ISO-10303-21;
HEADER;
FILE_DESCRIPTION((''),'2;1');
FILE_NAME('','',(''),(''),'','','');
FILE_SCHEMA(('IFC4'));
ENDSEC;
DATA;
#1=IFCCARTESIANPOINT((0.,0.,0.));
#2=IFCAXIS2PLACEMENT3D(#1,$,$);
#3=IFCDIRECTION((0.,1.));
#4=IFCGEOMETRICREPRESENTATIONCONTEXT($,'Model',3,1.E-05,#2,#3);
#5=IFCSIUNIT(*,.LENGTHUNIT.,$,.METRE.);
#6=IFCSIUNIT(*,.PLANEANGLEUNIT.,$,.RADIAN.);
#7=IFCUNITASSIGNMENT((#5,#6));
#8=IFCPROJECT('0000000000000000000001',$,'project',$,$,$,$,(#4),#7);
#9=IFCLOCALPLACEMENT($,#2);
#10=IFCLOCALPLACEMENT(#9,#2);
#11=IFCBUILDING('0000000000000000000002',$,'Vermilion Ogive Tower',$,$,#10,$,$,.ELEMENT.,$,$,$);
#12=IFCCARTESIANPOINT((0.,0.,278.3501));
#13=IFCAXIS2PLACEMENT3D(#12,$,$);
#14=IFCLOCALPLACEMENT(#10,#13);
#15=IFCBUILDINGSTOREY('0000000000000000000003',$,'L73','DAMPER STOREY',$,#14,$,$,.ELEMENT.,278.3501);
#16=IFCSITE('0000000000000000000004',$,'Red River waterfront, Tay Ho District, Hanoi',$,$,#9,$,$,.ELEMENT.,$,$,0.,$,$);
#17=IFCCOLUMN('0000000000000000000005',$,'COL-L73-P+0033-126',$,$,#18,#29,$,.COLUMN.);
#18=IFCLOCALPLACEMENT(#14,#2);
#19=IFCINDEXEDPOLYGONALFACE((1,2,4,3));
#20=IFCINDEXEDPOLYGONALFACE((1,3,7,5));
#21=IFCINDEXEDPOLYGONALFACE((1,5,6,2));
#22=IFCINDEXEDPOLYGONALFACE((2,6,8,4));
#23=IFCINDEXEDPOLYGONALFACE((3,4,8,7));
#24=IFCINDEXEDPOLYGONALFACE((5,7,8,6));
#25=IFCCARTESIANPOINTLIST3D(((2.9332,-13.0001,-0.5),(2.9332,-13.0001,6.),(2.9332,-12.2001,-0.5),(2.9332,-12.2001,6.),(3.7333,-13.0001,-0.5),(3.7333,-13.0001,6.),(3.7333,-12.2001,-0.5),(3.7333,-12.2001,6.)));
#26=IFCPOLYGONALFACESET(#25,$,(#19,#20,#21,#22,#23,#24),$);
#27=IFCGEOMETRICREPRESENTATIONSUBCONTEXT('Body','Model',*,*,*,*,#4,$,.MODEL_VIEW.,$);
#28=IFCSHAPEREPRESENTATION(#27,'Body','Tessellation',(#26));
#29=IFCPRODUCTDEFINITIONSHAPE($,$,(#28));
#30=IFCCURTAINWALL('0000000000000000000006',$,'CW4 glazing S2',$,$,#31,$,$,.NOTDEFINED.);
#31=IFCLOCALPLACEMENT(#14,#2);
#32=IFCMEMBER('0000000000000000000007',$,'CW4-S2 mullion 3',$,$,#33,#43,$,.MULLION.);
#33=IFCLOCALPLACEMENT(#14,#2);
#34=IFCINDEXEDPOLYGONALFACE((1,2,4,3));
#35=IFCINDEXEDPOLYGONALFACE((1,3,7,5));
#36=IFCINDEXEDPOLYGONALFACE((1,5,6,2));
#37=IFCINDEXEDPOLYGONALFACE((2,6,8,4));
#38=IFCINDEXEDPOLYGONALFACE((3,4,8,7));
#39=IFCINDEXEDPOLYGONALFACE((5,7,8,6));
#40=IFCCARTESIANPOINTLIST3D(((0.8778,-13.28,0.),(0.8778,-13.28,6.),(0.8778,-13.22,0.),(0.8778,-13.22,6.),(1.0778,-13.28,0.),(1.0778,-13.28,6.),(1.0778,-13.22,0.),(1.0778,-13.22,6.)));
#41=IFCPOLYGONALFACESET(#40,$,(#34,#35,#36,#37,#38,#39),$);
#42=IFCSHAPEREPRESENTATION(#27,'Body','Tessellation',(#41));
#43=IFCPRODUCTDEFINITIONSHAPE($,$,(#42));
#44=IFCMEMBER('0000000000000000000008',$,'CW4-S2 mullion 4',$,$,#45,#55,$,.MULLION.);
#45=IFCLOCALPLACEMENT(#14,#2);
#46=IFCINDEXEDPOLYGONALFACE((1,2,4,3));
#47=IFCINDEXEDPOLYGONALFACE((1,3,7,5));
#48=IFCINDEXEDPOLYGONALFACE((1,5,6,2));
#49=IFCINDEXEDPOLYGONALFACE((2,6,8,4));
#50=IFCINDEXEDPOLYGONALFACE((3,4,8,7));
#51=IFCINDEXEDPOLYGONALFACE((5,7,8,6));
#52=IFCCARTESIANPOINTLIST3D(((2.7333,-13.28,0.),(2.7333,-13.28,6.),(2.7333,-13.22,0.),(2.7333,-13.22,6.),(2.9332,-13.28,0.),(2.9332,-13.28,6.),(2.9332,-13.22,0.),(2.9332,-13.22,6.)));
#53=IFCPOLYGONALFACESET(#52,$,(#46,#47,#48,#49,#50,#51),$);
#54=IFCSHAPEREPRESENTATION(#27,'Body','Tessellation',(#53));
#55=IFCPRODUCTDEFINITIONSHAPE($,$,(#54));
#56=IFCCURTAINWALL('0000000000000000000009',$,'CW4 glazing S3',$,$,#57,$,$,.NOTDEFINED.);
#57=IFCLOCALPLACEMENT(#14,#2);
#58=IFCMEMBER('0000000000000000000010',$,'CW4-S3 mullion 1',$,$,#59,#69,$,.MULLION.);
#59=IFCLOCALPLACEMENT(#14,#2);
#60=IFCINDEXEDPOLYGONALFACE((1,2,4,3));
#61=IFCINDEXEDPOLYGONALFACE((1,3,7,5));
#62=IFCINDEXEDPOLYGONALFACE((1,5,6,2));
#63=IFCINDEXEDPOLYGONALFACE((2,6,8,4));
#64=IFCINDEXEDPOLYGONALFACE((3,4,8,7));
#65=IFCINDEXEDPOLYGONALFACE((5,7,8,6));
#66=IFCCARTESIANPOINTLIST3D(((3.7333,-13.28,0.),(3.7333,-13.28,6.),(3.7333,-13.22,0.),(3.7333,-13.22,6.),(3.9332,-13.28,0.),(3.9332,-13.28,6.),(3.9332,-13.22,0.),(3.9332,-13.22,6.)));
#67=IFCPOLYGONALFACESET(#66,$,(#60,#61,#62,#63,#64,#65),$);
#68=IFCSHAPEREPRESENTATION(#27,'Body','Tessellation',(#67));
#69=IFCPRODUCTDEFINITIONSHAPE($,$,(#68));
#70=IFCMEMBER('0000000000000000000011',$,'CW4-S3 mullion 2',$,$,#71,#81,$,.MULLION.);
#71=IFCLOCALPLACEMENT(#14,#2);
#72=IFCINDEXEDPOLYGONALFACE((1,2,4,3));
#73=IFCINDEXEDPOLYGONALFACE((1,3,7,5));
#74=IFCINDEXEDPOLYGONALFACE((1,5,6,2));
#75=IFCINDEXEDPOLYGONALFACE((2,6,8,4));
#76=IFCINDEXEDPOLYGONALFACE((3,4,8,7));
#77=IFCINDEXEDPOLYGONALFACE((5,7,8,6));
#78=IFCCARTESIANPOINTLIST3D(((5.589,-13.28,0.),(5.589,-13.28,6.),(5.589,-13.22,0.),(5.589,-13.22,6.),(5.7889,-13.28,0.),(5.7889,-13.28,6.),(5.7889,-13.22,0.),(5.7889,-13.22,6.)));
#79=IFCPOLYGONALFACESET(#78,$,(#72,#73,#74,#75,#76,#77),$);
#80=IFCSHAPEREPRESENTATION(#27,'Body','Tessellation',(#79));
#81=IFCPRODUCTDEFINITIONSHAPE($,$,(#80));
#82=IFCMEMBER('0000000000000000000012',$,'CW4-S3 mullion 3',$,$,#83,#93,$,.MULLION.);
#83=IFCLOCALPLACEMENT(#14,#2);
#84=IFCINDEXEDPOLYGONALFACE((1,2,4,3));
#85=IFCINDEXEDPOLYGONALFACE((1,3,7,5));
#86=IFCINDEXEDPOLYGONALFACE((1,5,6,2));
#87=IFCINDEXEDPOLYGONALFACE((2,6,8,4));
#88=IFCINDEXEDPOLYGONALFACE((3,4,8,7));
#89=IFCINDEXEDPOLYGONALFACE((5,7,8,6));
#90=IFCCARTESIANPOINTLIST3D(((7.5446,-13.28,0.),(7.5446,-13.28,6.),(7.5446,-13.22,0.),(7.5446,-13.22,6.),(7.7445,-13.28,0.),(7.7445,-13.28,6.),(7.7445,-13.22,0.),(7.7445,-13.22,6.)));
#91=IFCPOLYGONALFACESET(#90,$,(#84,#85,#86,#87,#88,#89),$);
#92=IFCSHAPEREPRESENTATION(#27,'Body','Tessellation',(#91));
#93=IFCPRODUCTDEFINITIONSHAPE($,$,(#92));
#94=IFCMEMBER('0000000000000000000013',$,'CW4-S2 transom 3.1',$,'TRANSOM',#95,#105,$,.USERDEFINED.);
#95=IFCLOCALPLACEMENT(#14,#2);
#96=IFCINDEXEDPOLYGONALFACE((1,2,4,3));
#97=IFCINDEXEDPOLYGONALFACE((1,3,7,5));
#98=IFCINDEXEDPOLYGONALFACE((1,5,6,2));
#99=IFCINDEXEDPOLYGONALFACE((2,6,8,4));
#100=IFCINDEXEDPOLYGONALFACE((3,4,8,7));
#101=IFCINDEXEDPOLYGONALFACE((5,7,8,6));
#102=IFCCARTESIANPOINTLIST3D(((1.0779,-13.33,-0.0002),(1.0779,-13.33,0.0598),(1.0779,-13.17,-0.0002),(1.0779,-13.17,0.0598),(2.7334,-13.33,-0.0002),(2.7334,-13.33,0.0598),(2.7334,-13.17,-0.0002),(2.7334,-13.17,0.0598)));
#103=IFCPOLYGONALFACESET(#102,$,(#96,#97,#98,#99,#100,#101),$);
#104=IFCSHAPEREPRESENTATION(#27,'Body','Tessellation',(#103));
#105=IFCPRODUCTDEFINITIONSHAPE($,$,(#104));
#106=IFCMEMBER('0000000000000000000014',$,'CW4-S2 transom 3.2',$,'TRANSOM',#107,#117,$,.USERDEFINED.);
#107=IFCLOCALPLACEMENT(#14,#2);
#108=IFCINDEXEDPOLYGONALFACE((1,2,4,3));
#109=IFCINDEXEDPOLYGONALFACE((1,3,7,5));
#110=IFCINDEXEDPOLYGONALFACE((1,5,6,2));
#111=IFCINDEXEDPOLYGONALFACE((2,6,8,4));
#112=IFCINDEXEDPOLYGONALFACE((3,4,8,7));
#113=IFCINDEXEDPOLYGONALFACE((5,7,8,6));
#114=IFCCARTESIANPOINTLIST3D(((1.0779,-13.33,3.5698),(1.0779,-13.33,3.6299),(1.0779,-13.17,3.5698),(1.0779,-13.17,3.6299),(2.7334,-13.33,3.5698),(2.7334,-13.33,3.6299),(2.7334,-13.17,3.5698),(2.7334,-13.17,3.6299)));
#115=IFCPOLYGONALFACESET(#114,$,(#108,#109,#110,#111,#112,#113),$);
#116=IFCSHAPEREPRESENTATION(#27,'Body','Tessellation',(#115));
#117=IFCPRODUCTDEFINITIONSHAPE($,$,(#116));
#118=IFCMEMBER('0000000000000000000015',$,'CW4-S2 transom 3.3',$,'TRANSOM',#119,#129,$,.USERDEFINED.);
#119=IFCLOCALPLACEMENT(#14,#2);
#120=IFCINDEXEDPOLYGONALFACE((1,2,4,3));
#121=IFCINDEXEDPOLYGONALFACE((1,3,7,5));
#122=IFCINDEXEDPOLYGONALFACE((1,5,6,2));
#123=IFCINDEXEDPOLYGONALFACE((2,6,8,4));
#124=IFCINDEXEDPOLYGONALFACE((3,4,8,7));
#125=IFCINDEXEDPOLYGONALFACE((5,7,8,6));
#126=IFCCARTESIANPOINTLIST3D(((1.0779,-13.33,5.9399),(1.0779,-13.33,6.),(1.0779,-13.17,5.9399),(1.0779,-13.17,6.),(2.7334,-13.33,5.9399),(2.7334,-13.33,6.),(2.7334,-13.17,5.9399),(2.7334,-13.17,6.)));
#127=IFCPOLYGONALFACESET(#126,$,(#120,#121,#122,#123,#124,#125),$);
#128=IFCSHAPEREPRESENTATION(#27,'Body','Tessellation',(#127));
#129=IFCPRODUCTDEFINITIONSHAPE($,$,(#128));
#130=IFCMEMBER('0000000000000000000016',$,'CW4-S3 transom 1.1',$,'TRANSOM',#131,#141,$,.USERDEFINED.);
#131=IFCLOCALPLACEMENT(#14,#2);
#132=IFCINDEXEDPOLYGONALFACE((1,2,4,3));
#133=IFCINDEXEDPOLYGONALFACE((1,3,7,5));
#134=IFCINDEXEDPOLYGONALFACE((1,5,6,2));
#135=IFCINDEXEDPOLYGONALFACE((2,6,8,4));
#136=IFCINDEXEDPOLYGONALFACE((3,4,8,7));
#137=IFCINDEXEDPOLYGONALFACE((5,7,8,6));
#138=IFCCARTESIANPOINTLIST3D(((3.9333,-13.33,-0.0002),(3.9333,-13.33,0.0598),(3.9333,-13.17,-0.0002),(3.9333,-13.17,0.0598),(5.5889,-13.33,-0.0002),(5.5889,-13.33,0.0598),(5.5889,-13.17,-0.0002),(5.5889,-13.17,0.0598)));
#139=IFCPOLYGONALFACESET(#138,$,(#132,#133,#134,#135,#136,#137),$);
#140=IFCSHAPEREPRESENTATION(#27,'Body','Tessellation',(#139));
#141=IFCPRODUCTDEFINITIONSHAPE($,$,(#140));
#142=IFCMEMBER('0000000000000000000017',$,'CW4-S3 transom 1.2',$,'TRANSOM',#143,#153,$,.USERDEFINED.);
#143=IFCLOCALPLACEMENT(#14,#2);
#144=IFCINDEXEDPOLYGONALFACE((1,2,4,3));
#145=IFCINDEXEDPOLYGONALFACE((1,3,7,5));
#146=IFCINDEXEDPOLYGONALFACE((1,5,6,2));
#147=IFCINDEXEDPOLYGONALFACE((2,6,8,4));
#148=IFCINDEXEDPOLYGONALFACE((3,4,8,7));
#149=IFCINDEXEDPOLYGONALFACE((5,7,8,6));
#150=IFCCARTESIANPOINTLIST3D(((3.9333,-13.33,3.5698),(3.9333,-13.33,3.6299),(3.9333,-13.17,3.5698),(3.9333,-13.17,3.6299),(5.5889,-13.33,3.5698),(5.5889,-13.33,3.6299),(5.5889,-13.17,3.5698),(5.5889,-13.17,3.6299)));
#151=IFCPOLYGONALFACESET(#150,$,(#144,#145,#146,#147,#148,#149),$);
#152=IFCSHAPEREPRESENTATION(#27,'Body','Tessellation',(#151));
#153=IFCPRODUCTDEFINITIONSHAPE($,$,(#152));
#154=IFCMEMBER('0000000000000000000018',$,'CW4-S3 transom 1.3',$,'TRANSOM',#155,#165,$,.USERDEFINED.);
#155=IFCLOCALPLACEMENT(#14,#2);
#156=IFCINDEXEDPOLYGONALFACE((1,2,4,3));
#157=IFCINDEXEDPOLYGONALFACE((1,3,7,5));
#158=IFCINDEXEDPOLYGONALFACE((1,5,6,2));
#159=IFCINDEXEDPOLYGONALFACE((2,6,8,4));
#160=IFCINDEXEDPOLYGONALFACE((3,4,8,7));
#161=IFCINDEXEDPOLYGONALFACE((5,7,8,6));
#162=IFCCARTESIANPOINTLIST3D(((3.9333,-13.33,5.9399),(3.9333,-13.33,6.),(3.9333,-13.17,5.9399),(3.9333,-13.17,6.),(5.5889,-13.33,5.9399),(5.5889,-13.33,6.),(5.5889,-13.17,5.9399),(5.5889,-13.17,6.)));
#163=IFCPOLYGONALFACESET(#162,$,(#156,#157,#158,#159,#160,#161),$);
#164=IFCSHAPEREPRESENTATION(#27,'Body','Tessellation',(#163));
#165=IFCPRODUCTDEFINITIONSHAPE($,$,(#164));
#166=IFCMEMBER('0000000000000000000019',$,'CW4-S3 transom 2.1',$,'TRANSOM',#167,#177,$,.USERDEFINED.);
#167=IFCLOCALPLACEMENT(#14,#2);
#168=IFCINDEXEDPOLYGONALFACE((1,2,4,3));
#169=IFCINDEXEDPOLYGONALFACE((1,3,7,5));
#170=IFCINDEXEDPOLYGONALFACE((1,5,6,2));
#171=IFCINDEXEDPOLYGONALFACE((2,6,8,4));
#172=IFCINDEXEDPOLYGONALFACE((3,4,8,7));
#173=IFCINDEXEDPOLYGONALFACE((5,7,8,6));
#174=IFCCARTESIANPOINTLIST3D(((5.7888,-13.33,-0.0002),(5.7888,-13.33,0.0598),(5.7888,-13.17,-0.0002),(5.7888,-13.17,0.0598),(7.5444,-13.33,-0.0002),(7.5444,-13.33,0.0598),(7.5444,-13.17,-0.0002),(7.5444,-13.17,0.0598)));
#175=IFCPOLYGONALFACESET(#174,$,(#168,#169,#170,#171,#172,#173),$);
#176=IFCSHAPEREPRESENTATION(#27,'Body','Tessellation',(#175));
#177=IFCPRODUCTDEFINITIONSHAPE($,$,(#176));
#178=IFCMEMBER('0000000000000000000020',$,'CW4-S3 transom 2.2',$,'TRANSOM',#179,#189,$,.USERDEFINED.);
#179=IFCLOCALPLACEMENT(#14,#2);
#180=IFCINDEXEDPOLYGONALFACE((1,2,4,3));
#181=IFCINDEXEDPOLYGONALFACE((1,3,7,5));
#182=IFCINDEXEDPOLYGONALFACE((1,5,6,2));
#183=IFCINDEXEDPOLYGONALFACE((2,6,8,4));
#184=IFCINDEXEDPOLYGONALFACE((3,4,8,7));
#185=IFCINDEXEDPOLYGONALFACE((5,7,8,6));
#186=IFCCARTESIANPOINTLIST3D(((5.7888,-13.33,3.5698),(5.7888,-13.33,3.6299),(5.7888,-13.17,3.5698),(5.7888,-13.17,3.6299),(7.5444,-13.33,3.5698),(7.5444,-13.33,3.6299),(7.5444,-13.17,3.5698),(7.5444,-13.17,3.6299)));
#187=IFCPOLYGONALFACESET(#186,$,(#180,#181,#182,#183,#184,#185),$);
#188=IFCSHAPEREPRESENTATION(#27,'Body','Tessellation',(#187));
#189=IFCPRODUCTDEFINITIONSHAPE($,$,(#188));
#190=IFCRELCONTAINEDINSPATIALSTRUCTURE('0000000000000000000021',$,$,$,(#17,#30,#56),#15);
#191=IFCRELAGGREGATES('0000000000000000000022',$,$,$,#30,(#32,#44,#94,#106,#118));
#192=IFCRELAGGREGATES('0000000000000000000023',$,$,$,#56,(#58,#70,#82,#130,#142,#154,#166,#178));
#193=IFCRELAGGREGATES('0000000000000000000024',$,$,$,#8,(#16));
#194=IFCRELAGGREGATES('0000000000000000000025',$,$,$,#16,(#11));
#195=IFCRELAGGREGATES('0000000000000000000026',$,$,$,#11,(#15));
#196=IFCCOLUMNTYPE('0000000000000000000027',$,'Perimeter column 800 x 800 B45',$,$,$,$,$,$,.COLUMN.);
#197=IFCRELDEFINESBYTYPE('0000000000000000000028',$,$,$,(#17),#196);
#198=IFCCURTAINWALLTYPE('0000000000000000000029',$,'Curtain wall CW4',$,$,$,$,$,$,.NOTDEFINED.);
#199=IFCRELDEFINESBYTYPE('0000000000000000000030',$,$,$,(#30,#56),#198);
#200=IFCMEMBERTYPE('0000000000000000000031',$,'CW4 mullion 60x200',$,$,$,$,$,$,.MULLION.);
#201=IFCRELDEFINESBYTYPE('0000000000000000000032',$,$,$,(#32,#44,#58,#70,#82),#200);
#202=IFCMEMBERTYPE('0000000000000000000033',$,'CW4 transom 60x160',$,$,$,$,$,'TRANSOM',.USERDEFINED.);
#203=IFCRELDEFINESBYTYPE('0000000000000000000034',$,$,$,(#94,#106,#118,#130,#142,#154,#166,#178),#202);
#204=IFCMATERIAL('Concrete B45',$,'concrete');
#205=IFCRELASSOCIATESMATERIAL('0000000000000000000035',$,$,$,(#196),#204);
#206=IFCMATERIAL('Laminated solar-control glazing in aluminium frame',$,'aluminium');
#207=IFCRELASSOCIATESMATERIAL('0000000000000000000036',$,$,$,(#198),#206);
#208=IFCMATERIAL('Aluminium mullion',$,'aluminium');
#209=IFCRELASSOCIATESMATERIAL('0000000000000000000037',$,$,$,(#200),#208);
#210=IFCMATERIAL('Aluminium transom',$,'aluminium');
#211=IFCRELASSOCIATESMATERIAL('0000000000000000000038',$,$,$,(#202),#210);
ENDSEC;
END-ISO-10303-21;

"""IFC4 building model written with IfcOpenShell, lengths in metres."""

from ifc_helpers import new_model, si_unit, direction, frame, origin, origin_2d, place, context, subcontext, project, spatial, rectangle, extrude, material, material_profile, profile_set, type_object, element, aggregate, save


model = new_model("IFC4")

# Units and contexts
model_context = context("Model", 3, precision=1e-05, world=origin(), true_north=direction((0.0, 1.0)))
body_context = subcontext(model_context, "Body", "Model", "MODEL_VIEW")
ifc_project = project(units=[si_unit("LENGTHUNIT", "METRE"), si_unit("PLANEANGLEUNIT", "RADIAN")], contexts=[model_context])

# Site, building, storey
site_placement = place(None, origin())
site = spatial("IfcSite", under=ifc_project, at=site_placement, Name="Red River waterfront, Tay Ho District, Hanoi", CompositionType="ELEMENT", RefElevation=0.0)
building_placement = place(site_placement, origin())
building = spatial("IfcBuilding", under=site, at=building_placement, Name="Vermilion Ogive Tower", CompositionType="ELEMENT")
storey_placement = place(building_placement, frame((0.0, 0.0, 278.3501)))
storey = spatial("IfcBuildingStorey", under=building, at=storey_placement, Name="L73", Description="DAMPER STOREY", CompositionType="ELEMENT", Elevation=278.3501)

# Column
ifc_material_1 = material(Name="Concrete B45", Category="concrete")
ifc_material_profile_1 = material_profile(ifc_material_1, rectangle(XDim=0.8, YDim=0.8, at=origin_2d()), Name="800 x 800")
ifc_profile_set_1 = profile_set([ifc_material_profile_1], Name="Concrete B45")
column_type = type_object("IfcColumnType", Name="Perimeter column 800 x 800 B45", PredefinedType="COLUMN", material=ifc_profile_set_1)
column_placement = place(storey_placement, frame((3.3333, -12.6001, -0.5), z_axis=(0.0, 0.0, 1.0), x_axis=(1.0, 0.0, 0.0)))
element("IfcColumn", 1, at=column_placement, inside=storey, type_object=column_type, Name="COL-L73-P+0033-126", PredefinedType="COLUMN", context=body_context, shape_type="SweptSolid", body=[
    extrude(rectangle(XDim=0.8, YDim=0.8, at=origin_2d()), origin(), (0.0, 0.0, 1.0), 6.5),
])

# Curtain walls, members
ifc_material_2 = material(Name="Laminated solar-control glazing in aluminium frame", Category="aluminium")
curtain_wall_type = type_object("IfcCurtainWallType", Name="Curtain wall CW4", PredefinedType="NOTDEFINED", material=ifc_material_2)
curtain_wall_1_placement = place(storey_placement, origin())
curtain_wall_1 = element("IfcCurtainWall", 2, at=curtain_wall_1_placement, inside=storey, type_object=curtain_wall_type, Name="CW4 glazing S2", PredefinedType="NOTDEFINED")
ifc_material_3 = material(Name="Aluminium mullion", Category="aluminium")
ifc_material_profile_2 = material_profile(ifc_material_3, rectangle(XDim=0.0601, YDim=0.2, at=origin_2d()), Name="AL 60x200")
ifc_profile_set_2 = profile_set([ifc_material_profile_2], Name="Aluminium mullion")
member_type_1 = type_object("IfcMemberType", Name="CW4 mullion 60x200", PredefinedType="MULLION", material=ifc_profile_set_2)
member_1_placement = place(storey_placement, frame((0.9778, -13.25, 0.0), z_axis=(0.0, 0.0, 1.0), x_axis=(0.0, 1.0, 0.0)))
member_1 = element("IfcMember", 3, at=member_1_placement, type_object=member_type_1, Name="CW4-S2 mullion 3", PredefinedType="MULLION", context=body_context, shape_type="SweptSolid", body=[
    extrude(rectangle(XDim=0.0601, YDim=0.2, at=origin_2d()), origin(), (0.0, 0.0, 1.0), 6.0),
])
member_2_placement = place(storey_placement, frame((2.8333, -13.25, 0.0), z_axis=(0.0, 0.0, 1.0), x_axis=(0.0, 1.0, 0.0)))
member_2 = element("IfcMember", 4, at=member_2_placement, type_object=member_type_1, Name="CW4-S2 mullion 4", PredefinedType="MULLION", context=body_context, shape_type="SweptSolid", body=[
    extrude(rectangle(XDim=0.0601, YDim=0.2, at=origin_2d()), origin(), (0.0, 0.0, 1.0), 6.0),
])
curtain_wall_2_placement = place(storey_placement, origin())
curtain_wall_2 = element("IfcCurtainWall", 5, at=curtain_wall_2_placement, inside=storey, type_object=curtain_wall_type, Name="CW4 glazing S3", PredefinedType="NOTDEFINED")
member_3_placement = place(storey_placement, frame((3.8333, -13.25, 0.0), z_axis=(0.0, 0.0, 1.0), x_axis=(0.0, 1.0, 0.0)))
member_3 = element("IfcMember", 6, at=member_3_placement, type_object=member_type_1, Name="CW4-S3 mullion 1", PredefinedType="MULLION", context=body_context, shape_type="SweptSolid", body=[
    extrude(rectangle(XDim=0.0601, YDim=0.2, at=origin_2d()), origin(), (0.0, 0.0, 1.0), 6.0),
])
member_4_placement = place(storey_placement, frame((5.689, -13.25, 0.0), z_axis=(0.0, 0.0, 1.0), x_axis=(0.0, 1.0, 0.0)))
member_4 = element("IfcMember", 7, at=member_4_placement, type_object=member_type_1, Name="CW4-S3 mullion 2", PredefinedType="MULLION", context=body_context, shape_type="SweptSolid", body=[
    extrude(rectangle(XDim=0.0601, YDim=0.2, at=origin_2d()), origin(), (0.0, 0.0, 1.0), 6.0),
])
member_5_placement = place(storey_placement, frame((7.6445, -13.25, 0.0), z_axis=(0.0, 0.0, 1.0), x_axis=(0.0, 1.0, 0.0)))
member_5 = element("IfcMember", 8, at=member_5_placement, type_object=member_type_1, Name="CW4-S3 mullion 3", PredefinedType="MULLION", context=body_context, shape_type="SweptSolid", body=[
    extrude(rectangle(XDim=0.0601, YDim=0.2, at=origin_2d()), origin(), (0.0, 0.0, 1.0), 6.0),
])

# Members
ifc_material_4 = material(Name="Aluminium transom", Category="aluminium")
ifc_material_profile_3 = material_profile(ifc_material_4, rectangle(XDim=0.1599, YDim=0.0601, at=origin_2d()), Name="AL 60x160")
ifc_profile_set_3 = profile_set([ifc_material_profile_3], Name="Aluminium transom")
member_type_2 = type_object("IfcMemberType", Name="CW4 transom 60x160", ElementType="TRANSOM", PredefinedType="USERDEFINED", material=ifc_profile_set_3)
member_6_placement = place(storey_placement, frame((1.0779, -13.25, 0.0298), z_axis=(1.0, 0.0, 0.0), x_axis=(0.0, 1.0, 0.0)))
member_6 = element("IfcMember", 9, at=member_6_placement, type_object=member_type_2, Name="CW4-S2 transom 3.1", ObjectType="TRANSOM", PredefinedType="USERDEFINED", context=body_context, shape_type="SweptSolid", body=[
    extrude(rectangle(XDim=0.1599, YDim=0.0601, at=origin_2d()), origin(), (0.0, 0.0, 1.0), 1.6555),
])
member_7_placement = place(storey_placement, frame((1.0779, -13.25, 3.5999), z_axis=(1.0, 0.0, 0.0), x_axis=(0.0, 1.0, 0.0)))
member_7 = element("IfcMember", 10, at=member_7_placement, type_object=member_type_2, Name="CW4-S2 transom 3.2", ObjectType="TRANSOM", PredefinedType="USERDEFINED", context=body_context, shape_type="SweptSolid", body=[
    extrude(rectangle(XDim=0.1599, YDim=0.0601, at=origin_2d()), origin(), (0.0, 0.0, 1.0), 1.6555),
])
member_8_placement = place(storey_placement, frame((1.0779, -13.25, 5.97), z_axis=(1.0, 0.0, 0.0), x_axis=(0.0, 1.0, 0.0)))
member_8 = element("IfcMember", 11, at=member_8_placement, type_object=member_type_2, Name="CW4-S2 transom 3.3", ObjectType="TRANSOM", PredefinedType="USERDEFINED", context=body_context, shape_type="SweptSolid", body=[
    extrude(rectangle(XDim=0.1599, YDim=0.0601, at=origin_2d()), origin(), (0.0, 0.0, 1.0), 1.6555),
])
member_9_placement = place(storey_placement, frame((3.9333, -13.25, 0.0298), z_axis=(1.0, 0.0, 0.0), x_axis=(0.0, 1.0, 0.0)))
member_9 = element("IfcMember", 12, at=member_9_placement, type_object=member_type_2, Name="CW4-S3 transom 1.1", ObjectType="TRANSOM", PredefinedType="USERDEFINED", context=body_context, shape_type="SweptSolid", body=[
    extrude(rectangle(XDim=0.1599, YDim=0.0601, at=origin_2d()), origin(), (0.0, 0.0, 1.0), 1.6555),
])
member_10_placement = place(storey_placement, frame((3.9333, -13.25, 3.5999), z_axis=(1.0, 0.0, 0.0), x_axis=(0.0, 1.0, 0.0)))
member_10 = element("IfcMember", 13, at=member_10_placement, type_object=member_type_2, Name="CW4-S3 transom 1.2", ObjectType="TRANSOM", PredefinedType="USERDEFINED", context=body_context, shape_type="SweptSolid", body=[
    extrude(rectangle(XDim=0.1599, YDim=0.0601, at=origin_2d()), origin(), (0.0, 0.0, 1.0), 1.6555),
])
member_11_placement = place(storey_placement, frame((3.9333, -13.25, 5.97), z_axis=(1.0, 0.0, 0.0), x_axis=(0.0, 1.0, 0.0)))
member_11 = element("IfcMember", 14, at=member_11_placement, type_object=member_type_2, Name="CW4-S3 transom 1.3", ObjectType="TRANSOM", PredefinedType="USERDEFINED", context=body_context, shape_type="SweptSolid", body=[
    extrude(rectangle(XDim=0.1599, YDim=0.0601, at=origin_2d()), origin(), (0.0, 0.0, 1.0), 1.6555),
])
member_12_placement = place(storey_placement, frame((5.7888, -13.25, 0.0298), z_axis=(1.0, 0.0, 0.0), x_axis=(0.0, 1.0, 0.0)))
member_12 = element("IfcMember", 15, at=member_12_placement, type_object=member_type_2, Name="CW4-S3 transom 2.1", ObjectType="TRANSOM", PredefinedType="USERDEFINED", context=body_context, shape_type="SweptSolid", body=[
    extrude(rectangle(XDim=0.1599, YDim=0.0601, at=origin_2d()), origin(), (0.0, 0.0, 1.0), 1.7556),
])
member_13_placement = place(storey_placement, frame((5.7888, -13.25, 3.5999), z_axis=(1.0, 0.0, 0.0), x_axis=(0.0, 1.0, 0.0)))
member_13 = element("IfcMember", 16, at=member_13_placement, type_object=member_type_2, Name="CW4-S3 transom 2.2", ObjectType="TRANSOM", PredefinedType="USERDEFINED", context=body_context, shape_type="SweptSolid", body=[
    extrude(rectangle(XDim=0.1599, YDim=0.0601, at=origin_2d()), origin(), (0.0, 0.0, 1.0), 1.7556),
])

aggregate(curtain_wall_1, [member_1, member_2, member_6, member_7, member_8])
aggregate(curtain_wall_2, [member_3, member_4, member_5, member_9, member_10, member_11, member_12, member_13])

save(model, "model.ifc")
